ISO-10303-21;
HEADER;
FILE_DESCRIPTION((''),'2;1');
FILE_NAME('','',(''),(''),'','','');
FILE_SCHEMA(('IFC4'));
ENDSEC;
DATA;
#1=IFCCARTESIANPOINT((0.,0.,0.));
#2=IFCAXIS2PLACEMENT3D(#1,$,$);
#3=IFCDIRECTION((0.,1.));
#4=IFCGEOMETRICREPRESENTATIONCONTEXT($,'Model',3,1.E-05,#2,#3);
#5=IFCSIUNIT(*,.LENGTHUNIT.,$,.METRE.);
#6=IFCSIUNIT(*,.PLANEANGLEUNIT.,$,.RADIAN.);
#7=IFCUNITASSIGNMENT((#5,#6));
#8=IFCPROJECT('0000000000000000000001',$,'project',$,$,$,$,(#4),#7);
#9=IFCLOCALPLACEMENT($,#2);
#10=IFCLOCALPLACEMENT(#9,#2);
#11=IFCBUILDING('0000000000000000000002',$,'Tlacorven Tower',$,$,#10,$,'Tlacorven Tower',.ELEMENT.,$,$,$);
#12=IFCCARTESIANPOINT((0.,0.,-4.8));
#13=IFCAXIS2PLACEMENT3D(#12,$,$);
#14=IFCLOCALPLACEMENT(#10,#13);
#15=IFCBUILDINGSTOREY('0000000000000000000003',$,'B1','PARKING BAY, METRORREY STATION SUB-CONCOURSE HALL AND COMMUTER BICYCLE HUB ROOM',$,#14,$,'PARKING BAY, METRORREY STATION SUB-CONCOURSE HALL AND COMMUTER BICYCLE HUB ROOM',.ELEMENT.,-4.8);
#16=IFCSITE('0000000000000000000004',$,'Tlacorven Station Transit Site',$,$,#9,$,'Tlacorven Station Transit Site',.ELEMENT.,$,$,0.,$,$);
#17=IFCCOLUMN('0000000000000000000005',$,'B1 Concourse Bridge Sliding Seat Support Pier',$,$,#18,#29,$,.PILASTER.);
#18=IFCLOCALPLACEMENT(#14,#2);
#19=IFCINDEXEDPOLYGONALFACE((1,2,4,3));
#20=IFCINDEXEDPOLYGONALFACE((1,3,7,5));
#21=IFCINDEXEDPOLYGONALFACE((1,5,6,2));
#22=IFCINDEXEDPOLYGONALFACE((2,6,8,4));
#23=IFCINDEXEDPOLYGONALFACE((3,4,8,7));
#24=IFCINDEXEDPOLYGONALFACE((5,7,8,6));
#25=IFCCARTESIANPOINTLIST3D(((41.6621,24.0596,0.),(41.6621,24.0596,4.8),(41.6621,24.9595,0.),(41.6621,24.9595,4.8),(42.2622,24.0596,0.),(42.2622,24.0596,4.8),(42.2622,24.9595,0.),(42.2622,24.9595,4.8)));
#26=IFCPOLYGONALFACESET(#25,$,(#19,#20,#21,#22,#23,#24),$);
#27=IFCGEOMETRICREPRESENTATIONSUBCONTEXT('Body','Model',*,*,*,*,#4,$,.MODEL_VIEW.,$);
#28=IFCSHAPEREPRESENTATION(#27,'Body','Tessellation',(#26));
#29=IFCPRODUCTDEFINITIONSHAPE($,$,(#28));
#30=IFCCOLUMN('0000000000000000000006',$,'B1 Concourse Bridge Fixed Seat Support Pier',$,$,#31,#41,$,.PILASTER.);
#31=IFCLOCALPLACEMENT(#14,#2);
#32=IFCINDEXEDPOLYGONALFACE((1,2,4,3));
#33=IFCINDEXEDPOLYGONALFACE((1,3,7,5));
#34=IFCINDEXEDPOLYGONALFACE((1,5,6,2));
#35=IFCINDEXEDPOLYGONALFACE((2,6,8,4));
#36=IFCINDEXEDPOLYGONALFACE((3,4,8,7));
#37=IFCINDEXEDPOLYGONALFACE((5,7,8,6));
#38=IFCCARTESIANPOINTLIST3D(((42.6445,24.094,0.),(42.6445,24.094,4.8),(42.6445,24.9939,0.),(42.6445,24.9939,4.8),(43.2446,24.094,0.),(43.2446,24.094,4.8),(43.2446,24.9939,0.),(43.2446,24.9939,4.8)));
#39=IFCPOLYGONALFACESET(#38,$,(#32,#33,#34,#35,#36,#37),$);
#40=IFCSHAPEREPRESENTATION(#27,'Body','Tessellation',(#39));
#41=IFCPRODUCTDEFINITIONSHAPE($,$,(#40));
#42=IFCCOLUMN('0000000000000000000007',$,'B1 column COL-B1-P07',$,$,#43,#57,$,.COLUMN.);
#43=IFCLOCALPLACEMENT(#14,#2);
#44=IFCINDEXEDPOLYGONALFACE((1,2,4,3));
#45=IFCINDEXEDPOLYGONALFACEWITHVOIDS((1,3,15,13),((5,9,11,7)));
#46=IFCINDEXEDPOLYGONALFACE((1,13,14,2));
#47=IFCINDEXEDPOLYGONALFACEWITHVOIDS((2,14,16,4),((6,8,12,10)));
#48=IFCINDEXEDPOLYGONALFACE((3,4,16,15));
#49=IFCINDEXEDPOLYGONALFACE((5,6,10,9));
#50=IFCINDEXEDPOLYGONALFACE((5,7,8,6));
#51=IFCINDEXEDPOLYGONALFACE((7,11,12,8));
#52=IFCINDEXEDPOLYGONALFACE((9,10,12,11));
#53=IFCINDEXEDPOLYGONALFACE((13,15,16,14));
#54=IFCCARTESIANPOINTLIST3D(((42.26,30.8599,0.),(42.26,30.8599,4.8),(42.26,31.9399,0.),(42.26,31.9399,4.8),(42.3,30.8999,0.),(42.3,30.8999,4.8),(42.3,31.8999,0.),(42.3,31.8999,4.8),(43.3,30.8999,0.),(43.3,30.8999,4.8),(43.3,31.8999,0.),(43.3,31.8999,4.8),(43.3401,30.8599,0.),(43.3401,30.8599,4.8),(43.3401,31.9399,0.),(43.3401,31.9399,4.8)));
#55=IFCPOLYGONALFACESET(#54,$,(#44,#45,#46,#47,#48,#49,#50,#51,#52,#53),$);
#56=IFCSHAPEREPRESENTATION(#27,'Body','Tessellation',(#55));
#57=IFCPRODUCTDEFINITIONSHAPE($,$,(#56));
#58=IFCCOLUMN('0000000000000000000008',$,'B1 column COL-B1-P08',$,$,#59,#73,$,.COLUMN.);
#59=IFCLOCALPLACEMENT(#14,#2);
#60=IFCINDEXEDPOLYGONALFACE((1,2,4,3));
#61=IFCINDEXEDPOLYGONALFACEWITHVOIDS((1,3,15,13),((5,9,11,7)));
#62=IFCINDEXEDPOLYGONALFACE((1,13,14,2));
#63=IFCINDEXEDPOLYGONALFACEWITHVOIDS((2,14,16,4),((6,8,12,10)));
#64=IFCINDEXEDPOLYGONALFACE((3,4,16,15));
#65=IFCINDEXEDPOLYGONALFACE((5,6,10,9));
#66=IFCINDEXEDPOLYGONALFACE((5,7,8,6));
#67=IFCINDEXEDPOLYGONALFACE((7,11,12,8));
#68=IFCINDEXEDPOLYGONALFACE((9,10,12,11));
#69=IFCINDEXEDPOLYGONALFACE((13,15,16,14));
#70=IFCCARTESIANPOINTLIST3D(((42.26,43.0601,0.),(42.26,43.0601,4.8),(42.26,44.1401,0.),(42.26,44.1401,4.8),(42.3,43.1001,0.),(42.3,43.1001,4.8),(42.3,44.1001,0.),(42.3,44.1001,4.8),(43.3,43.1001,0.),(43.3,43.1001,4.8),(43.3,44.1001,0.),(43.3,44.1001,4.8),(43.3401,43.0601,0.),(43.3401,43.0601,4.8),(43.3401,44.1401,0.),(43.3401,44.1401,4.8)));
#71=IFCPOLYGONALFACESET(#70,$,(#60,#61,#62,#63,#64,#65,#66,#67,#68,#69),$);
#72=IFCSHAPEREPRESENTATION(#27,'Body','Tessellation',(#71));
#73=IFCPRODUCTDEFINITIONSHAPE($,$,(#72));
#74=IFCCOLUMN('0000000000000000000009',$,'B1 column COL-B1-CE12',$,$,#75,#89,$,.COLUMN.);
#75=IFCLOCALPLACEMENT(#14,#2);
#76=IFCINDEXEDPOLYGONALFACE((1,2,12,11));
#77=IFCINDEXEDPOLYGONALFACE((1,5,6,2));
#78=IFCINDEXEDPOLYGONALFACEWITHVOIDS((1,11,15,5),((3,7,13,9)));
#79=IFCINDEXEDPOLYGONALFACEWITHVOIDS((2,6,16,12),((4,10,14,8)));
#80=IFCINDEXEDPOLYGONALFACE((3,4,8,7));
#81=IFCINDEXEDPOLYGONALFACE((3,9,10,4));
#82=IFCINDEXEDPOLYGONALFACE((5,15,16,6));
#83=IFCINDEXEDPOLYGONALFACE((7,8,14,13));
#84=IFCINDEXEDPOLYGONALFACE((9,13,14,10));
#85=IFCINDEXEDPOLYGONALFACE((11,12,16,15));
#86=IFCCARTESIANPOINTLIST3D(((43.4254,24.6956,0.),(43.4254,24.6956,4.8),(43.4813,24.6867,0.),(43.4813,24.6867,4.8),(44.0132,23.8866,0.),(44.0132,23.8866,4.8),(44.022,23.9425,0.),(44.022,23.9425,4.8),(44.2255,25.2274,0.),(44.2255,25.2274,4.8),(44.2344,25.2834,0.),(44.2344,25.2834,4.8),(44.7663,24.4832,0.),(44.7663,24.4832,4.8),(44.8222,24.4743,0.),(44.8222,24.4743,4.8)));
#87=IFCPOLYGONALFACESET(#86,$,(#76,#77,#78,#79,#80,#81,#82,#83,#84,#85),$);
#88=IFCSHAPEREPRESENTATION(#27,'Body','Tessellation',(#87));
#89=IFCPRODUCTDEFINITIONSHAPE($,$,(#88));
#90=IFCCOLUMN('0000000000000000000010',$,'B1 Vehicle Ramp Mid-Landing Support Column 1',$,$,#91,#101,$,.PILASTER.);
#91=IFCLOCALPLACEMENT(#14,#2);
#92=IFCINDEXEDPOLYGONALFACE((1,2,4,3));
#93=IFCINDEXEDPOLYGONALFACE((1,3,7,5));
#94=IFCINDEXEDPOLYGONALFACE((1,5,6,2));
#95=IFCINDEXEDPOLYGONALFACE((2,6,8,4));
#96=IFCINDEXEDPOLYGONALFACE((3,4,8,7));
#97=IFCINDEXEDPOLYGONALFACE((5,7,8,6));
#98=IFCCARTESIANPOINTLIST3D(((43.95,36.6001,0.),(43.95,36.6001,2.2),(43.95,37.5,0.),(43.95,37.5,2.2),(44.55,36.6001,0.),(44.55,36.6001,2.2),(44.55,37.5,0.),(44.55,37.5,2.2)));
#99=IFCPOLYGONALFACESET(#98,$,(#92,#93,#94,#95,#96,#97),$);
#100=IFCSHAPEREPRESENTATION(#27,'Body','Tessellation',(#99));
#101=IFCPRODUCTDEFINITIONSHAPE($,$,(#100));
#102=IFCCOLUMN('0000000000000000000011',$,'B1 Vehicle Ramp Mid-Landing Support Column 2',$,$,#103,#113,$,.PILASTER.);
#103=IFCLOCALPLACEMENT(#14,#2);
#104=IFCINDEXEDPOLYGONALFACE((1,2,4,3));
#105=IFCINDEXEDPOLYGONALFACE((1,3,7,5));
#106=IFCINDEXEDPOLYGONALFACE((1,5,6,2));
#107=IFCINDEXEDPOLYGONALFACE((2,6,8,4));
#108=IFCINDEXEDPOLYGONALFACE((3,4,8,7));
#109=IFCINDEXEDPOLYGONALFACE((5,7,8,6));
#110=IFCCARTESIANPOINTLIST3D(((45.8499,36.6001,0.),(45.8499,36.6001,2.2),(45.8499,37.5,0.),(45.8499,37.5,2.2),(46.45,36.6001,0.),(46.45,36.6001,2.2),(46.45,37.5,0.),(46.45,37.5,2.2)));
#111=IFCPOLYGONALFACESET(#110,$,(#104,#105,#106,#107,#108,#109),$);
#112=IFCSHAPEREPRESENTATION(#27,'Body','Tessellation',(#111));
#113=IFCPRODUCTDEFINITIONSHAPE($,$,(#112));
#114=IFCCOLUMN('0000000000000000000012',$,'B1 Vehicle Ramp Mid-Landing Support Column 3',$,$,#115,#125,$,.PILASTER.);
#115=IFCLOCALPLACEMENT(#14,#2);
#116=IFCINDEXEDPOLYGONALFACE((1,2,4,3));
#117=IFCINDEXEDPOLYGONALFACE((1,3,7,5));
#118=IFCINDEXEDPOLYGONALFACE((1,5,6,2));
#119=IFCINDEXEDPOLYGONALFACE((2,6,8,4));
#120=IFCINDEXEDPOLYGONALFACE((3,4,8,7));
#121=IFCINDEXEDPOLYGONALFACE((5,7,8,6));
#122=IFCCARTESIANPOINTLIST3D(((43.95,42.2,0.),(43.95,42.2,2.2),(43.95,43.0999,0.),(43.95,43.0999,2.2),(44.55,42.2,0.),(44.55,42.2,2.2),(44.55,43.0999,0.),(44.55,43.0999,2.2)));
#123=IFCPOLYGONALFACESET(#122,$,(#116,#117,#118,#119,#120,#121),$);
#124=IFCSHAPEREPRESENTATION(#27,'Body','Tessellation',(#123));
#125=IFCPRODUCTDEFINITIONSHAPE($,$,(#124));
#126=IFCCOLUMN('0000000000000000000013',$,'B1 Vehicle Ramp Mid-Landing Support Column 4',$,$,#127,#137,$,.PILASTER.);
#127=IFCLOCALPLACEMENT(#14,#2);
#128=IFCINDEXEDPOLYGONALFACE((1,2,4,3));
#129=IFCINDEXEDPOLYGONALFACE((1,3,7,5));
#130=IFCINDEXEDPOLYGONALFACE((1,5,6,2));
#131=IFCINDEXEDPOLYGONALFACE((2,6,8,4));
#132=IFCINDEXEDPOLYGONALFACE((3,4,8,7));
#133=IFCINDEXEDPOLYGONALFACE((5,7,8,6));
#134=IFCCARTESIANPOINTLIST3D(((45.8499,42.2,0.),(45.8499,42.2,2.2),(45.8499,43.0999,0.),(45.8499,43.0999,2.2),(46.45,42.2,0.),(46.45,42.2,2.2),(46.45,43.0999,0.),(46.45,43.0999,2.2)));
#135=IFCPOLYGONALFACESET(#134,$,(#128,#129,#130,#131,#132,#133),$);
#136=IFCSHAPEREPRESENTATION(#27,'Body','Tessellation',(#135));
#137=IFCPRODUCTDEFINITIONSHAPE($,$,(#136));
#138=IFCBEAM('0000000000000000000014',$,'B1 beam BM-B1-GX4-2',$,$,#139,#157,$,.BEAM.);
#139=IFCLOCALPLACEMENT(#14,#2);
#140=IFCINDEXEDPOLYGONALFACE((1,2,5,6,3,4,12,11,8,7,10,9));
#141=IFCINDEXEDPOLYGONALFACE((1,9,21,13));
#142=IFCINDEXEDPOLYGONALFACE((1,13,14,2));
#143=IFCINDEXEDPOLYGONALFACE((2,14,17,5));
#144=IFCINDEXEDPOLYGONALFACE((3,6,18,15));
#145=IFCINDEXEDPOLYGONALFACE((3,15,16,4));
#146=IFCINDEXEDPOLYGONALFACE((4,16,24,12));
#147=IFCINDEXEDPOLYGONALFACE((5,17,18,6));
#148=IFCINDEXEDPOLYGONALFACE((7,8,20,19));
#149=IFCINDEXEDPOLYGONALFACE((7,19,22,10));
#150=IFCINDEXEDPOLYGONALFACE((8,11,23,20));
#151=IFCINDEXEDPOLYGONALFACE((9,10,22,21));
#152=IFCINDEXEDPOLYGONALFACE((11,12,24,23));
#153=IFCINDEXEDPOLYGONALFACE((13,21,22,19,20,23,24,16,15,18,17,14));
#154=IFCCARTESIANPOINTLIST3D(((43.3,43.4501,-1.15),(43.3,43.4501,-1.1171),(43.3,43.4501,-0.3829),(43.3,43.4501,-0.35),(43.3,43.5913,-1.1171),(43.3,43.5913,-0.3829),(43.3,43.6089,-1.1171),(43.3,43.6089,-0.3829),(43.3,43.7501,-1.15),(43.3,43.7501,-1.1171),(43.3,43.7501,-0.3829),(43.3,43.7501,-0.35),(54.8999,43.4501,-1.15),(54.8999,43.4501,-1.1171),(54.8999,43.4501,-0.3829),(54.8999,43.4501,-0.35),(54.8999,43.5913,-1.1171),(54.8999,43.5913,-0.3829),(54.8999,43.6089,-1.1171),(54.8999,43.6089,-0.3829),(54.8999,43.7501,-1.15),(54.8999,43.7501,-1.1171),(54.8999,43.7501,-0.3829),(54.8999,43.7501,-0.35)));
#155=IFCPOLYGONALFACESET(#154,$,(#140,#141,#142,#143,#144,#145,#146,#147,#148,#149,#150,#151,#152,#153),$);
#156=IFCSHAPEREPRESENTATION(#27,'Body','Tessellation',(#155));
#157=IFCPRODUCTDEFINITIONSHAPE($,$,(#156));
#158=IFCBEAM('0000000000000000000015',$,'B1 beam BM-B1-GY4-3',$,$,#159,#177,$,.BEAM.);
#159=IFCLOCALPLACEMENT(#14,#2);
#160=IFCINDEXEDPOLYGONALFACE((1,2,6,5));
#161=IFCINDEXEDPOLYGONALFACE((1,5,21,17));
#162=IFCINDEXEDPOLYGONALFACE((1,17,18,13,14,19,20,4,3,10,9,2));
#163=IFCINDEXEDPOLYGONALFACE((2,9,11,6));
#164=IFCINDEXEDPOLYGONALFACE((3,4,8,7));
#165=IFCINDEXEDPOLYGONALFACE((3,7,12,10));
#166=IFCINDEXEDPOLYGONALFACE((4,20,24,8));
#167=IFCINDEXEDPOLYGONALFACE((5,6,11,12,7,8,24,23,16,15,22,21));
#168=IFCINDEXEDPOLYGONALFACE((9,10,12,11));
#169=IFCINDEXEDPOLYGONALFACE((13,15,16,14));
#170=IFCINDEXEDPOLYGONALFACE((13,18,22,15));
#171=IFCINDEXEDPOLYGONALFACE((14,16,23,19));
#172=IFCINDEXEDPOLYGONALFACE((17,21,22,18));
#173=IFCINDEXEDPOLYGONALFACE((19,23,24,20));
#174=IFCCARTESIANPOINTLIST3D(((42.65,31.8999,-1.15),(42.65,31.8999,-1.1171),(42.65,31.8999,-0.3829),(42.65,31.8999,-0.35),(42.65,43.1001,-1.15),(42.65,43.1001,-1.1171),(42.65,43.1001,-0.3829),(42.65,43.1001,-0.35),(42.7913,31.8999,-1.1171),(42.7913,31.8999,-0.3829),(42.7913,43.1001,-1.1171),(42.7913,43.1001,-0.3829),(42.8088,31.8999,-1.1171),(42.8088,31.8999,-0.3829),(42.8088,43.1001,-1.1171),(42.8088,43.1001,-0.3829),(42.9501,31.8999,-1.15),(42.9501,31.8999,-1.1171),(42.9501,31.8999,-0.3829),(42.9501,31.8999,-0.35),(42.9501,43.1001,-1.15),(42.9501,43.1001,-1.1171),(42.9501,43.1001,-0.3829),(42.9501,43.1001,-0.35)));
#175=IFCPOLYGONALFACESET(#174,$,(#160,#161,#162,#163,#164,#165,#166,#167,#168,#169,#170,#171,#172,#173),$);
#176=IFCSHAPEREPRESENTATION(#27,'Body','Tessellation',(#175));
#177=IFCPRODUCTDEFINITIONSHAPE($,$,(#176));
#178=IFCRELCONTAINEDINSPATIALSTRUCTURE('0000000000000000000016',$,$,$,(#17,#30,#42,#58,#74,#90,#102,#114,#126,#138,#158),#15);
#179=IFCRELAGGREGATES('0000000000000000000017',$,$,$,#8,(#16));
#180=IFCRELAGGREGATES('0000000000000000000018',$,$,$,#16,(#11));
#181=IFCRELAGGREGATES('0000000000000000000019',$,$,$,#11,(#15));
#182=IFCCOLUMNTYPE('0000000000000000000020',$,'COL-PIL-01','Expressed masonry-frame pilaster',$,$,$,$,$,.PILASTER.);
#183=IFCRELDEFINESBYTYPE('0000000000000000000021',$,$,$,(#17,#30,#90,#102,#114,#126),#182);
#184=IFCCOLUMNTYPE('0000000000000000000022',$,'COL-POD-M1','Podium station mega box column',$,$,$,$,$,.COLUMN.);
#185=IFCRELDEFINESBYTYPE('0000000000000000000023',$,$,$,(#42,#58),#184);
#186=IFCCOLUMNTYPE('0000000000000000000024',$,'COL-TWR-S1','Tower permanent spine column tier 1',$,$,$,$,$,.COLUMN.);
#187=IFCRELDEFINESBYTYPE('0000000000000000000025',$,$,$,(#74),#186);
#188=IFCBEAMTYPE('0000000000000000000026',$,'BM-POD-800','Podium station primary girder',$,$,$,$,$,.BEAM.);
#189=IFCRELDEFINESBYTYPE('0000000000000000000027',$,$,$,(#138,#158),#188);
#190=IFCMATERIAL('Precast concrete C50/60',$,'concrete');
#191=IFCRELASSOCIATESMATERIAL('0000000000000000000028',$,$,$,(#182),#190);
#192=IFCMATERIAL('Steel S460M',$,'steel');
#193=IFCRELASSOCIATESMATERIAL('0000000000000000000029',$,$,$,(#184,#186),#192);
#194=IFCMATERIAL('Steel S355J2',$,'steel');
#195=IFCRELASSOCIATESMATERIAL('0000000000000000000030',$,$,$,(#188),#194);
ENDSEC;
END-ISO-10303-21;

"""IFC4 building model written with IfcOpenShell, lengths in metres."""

from ifc_helpers import new_model, si_unit, direction, frame, origin, origin_2d, place, context, subcontext, project, spatial, rectangle, hollow_rectangle, i_section, extrude, source, transform, mapped, material, material_profile, profile_set, type_object, element, save


model = new_model("IFC4")

# Units and contexts
model_context = context("Model", 3, precision=1e-05, world=origin(), true_north=direction((0.0, 1.0)))
body_context = subcontext(model_context, "Body", "Model", "MODEL_VIEW")
ifc_project = project(units=[si_unit("LENGTHUNIT", "METRE"), si_unit("PLANEANGLEUNIT", "RADIAN")], contexts=[model_context])

# Site, building, storey
site_placement = place(None, origin())
site = spatial("IfcSite", under=ifc_project, at=site_placement, Name="Tlacorven Station Transit Site", LongName="Tlacorven Station Transit Site", CompositionType="ELEMENT", RefElevation=0.0)
building_placement = place(site_placement, origin())
building = spatial("IfcBuilding", under=site, at=building_placement, Name="Tlacorven Tower", LongName="Tlacorven Tower", CompositionType="ELEMENT")
storey_placement = place(building_placement, frame((0.0, 0.0, -4.8)))
storey = spatial("IfcBuildingStorey", under=building, at=storey_placement, Name="B1", Description="PARKING BAY, METRORREY STATION SUB-CONCOURSE HALL AND COMMUTER BICYCLE HUB ROOM", LongName="PARKING BAY, METRORREY STATION SUB-CONCOURSE HALL AND COMMUTER BICYCLE HUB ROOM", CompositionType="ELEMENT", Elevation=-4.8)

# Columns
ifc_material_1 = material(Name="Precast concrete C50/60", Category="concrete")
ifc_material_profile_1 = material_profile(ifc_material_1, rectangle(XDim=0.6001, YDim=0.8999, at=origin_2d()), Name="RC 600X900")
ifc_profile_set_1 = profile_set([ifc_material_profile_1], Name="Precast concrete C50/60")
column_type_1 = type_object("IfcColumnType", Name="COL-PIL-01", Description="Expressed masonry-frame pilaster", PredefinedType="PILASTER", material=ifc_profile_set_1)
shared_shape_1 = source(origin(), body_context, "Body", "SweptSolid", [
    extrude(rectangle(XDim=0.6001, YDim=0.8999, at=origin_2d()), origin(), (0.0, 0.0, 1.0), 4.8),
])
for number, where, z_axis, x_axis, name in (
    (1, (41.9622, 24.5095, 0.0), (0.0, 0.0, 1.0), (1.0, 0.0, 0.0), "B1 Concourse Bridge Sliding Seat Support Pier"),
    (2, (42.9446, 24.5439, 0.0), (0.0, 0.0, 1.0), (1.0, 0.0, 0.0), "B1 Concourse Bridge Fixed Seat Support Pier"),
):
    element("IfcColumn", number, at=place(storey_placement, frame(where, z_axis=z_axis, x_axis=x_axis)), inside=storey, type_object=column_type_1, Name=name, PredefinedType="PILASTER", context=body_context, shape_type="MappedRepresentation", body=[
        mapped(shared_shape_1, transform((0.0, 0.0, 0.0), scale=1.0)),
    ])
ifc_material_2 = material(Name="Steel S460M", Category="steel")
ifc_material_profile_2 = material_profile(ifc_material_2, hollow_rectangle(XDim=1.0801, YDim=1.0801, WallThickness=0.04, at=origin_2d()), Name="BOX 1080X1080X40")
ifc_profile_set_2 = profile_set([ifc_material_profile_2], Name="Steel S460M")
column_type_2 = type_object("IfcColumnType", Name="COL-POD-M1", Description="Podium station mega box column", PredefinedType="COLUMN", material=ifc_profile_set_2)
shared_shape_2 = source(origin(), body_context, "Body", "SweptSolid", [
    extrude(hollow_rectangle(XDim=1.0801, YDim=1.0801, WallThickness=0.04, at=origin_2d()), origin(), (0.0, 0.0, 1.0), 4.8),
])
for number, where, z_axis, x_axis, name in (
    (3, (42.8, 31.3999, 0.0), (0.0, 0.0, 1.0), (1.0, 0.0, 0.0), "B1 column COL-B1-P07"),
    (4, (42.8, 43.6001, 0.0), (0.0, 0.0, 1.0), (1.0, 0.0, 0.0), "B1 column COL-B1-P08"),
):
    element("IfcColumn", number, at=place(storey_placement, frame(where, z_axis=z_axis, x_axis=x_axis)), inside=storey, type_object=column_type_2, Name=name, PredefinedType="COLUMN", context=body_context, shape_type="MappedRepresentation", body=[
        mapped(shared_shape_2, transform((0.0, 0.0, 0.0), scale=1.0)),
    ])
ifc_material_profile_3 = material_profile(ifc_material_2, hollow_rectangle(XDim=1.0, YDim=1.0, WallThickness=0.04, at=origin_2d()), Name="BOX 1000X1000X40")
ifc_profile_set_3 = profile_set([ifc_material_profile_3], Name="Steel S460M")
column_type_3 = type_object("IfcColumnType", Name="COL-TWR-S1", Description="Tower permanent spine column tier 1", PredefinedType="COLUMN", material=ifc_profile_set_3)
shared_shape_3 = source(origin(), body_context, "Body", "SweptSolid", [
    extrude(hollow_rectangle(XDim=1.0, YDim=1.0, WallThickness=0.04, at=origin_2d()), origin(), (0.0, 0.0, 1.0), 4.8),
])
column_placement = place(storey_placement, frame((44.1238, 24.585, 0.0), z_axis=(0.0, 0.0, 1.0), x_axis=(0.809017, 0.587785, 0.0)))
element("IfcColumn", 5, at=column_placement, inside=storey, type_object=column_type_3, Name="B1 column COL-B1-CE12", PredefinedType="COLUMN", context=body_context, shape_type="MappedRepresentation", body=[
    mapped(shared_shape_3, transform((0.0, 0.0, 0.0), scale=1.0)),
])
shared_shape_4 = source(origin(), body_context, "Body", "SweptSolid", [
    extrude(rectangle(XDim=0.6001, YDim=0.8999, at=origin_2d()), origin(), (0.0, 0.0, 1.0), 2.2),
])
for number, where, z_axis, x_axis, name in (
    (6, (44.25, 37.05, 0.0), (0.0, 0.0, 1.0), (1.0, 0.0, 0.0), "B1 Vehicle Ramp Mid-Landing Support Column 1"),
    (7, (46.1499, 37.05, 0.0), (0.0, 0.0, 1.0), (1.0, 0.0, 0.0), "B1 Vehicle Ramp Mid-Landing Support Column 2"),
    (8, (44.25, 42.6499, 0.0), (0.0, 0.0, 1.0), (1.0, 0.0, 0.0), "B1 Vehicle Ramp Mid-Landing Support Column 3"),
    (9, (46.1499, 42.6499, 0.0), (0.0, 0.0, 1.0), (1.0, 0.0, 0.0), "B1 Vehicle Ramp Mid-Landing Support Column 4"),
):
    element("IfcColumn", number, at=place(storey_placement, frame(where, z_axis=z_axis, x_axis=x_axis)), inside=storey, type_object=column_type_1, Name=name, PredefinedType="PILASTER", context=body_context, shape_type="MappedRepresentation", body=[
        mapped(shared_shape_4, transform((0.0, 0.0, 0.0), scale=1.0)),
    ])

# Beams
ifc_material_3 = material(Name="Steel S355J2", Category="steel")
ifc_material_profile_4 = material_profile(ifc_material_3, i_section(OverallWidth=0.3, OverallDepth=0.8, WebThickness=0.0176, FlangeThickness=0.033, at=origin_2d()), Name="HEB 800")
ifc_profile_set_4 = profile_set([ifc_material_profile_4], Name="Steel S355J2")
beam_type = type_object("IfcBeamType", Name="BM-POD-800", Description="Podium station primary girder", PredefinedType="BEAM", material=ifc_profile_set_4)
shared_shape_5 = source(origin(), body_context, "Body", "SweptSolid", [
    extrude(i_section(OverallWidth=0.3, OverallDepth=0.8, WebThickness=0.0176, FlangeThickness=0.033, at=origin_2d()), origin(), (0.0, 0.0, 1.0), 11.5999),
])
beam_1_placement = place(storey_placement, frame((43.3, 43.6001, -0.75), z_axis=(1.0, 0.0, 0.0), x_axis=(0.0, 1.0, 0.0)))
element("IfcBeam", 10, at=beam_1_placement, inside=storey, type_object=beam_type, Name="B1 beam BM-B1-GX4-2", PredefinedType="BEAM", context=body_context, shape_type="MappedRepresentation", body=[
    mapped(shared_shape_5, transform((0.0, 0.0, 0.0), scale=1.0)),
])
shared_shape_6 = source(origin(), body_context, "Body", "SweptSolid", [
    extrude(i_section(OverallWidth=0.3, OverallDepth=0.8, WebThickness=0.0176, FlangeThickness=0.033, at=origin_2d()), origin(), (0.0, 0.0, 1.0), 11.2002),
])
beam_2_placement = place(storey_placement, frame((42.8, 31.8999, -0.75), z_axis=(0.0, 1.0, 0.0), x_axis=(-1.0, 0.0, 0.0)))
element("IfcBeam", 11, at=beam_2_placement, inside=storey, type_object=beam_type, Name="B1 beam BM-B1-GY4-3", PredefinedType="BEAM", context=body_context, shape_type="MappedRepresentation", body=[
    mapped(shared_shape_6, transform((0.0, 0.0, 0.0), scale=1.0)),
])

save(model, "model.ifc")
